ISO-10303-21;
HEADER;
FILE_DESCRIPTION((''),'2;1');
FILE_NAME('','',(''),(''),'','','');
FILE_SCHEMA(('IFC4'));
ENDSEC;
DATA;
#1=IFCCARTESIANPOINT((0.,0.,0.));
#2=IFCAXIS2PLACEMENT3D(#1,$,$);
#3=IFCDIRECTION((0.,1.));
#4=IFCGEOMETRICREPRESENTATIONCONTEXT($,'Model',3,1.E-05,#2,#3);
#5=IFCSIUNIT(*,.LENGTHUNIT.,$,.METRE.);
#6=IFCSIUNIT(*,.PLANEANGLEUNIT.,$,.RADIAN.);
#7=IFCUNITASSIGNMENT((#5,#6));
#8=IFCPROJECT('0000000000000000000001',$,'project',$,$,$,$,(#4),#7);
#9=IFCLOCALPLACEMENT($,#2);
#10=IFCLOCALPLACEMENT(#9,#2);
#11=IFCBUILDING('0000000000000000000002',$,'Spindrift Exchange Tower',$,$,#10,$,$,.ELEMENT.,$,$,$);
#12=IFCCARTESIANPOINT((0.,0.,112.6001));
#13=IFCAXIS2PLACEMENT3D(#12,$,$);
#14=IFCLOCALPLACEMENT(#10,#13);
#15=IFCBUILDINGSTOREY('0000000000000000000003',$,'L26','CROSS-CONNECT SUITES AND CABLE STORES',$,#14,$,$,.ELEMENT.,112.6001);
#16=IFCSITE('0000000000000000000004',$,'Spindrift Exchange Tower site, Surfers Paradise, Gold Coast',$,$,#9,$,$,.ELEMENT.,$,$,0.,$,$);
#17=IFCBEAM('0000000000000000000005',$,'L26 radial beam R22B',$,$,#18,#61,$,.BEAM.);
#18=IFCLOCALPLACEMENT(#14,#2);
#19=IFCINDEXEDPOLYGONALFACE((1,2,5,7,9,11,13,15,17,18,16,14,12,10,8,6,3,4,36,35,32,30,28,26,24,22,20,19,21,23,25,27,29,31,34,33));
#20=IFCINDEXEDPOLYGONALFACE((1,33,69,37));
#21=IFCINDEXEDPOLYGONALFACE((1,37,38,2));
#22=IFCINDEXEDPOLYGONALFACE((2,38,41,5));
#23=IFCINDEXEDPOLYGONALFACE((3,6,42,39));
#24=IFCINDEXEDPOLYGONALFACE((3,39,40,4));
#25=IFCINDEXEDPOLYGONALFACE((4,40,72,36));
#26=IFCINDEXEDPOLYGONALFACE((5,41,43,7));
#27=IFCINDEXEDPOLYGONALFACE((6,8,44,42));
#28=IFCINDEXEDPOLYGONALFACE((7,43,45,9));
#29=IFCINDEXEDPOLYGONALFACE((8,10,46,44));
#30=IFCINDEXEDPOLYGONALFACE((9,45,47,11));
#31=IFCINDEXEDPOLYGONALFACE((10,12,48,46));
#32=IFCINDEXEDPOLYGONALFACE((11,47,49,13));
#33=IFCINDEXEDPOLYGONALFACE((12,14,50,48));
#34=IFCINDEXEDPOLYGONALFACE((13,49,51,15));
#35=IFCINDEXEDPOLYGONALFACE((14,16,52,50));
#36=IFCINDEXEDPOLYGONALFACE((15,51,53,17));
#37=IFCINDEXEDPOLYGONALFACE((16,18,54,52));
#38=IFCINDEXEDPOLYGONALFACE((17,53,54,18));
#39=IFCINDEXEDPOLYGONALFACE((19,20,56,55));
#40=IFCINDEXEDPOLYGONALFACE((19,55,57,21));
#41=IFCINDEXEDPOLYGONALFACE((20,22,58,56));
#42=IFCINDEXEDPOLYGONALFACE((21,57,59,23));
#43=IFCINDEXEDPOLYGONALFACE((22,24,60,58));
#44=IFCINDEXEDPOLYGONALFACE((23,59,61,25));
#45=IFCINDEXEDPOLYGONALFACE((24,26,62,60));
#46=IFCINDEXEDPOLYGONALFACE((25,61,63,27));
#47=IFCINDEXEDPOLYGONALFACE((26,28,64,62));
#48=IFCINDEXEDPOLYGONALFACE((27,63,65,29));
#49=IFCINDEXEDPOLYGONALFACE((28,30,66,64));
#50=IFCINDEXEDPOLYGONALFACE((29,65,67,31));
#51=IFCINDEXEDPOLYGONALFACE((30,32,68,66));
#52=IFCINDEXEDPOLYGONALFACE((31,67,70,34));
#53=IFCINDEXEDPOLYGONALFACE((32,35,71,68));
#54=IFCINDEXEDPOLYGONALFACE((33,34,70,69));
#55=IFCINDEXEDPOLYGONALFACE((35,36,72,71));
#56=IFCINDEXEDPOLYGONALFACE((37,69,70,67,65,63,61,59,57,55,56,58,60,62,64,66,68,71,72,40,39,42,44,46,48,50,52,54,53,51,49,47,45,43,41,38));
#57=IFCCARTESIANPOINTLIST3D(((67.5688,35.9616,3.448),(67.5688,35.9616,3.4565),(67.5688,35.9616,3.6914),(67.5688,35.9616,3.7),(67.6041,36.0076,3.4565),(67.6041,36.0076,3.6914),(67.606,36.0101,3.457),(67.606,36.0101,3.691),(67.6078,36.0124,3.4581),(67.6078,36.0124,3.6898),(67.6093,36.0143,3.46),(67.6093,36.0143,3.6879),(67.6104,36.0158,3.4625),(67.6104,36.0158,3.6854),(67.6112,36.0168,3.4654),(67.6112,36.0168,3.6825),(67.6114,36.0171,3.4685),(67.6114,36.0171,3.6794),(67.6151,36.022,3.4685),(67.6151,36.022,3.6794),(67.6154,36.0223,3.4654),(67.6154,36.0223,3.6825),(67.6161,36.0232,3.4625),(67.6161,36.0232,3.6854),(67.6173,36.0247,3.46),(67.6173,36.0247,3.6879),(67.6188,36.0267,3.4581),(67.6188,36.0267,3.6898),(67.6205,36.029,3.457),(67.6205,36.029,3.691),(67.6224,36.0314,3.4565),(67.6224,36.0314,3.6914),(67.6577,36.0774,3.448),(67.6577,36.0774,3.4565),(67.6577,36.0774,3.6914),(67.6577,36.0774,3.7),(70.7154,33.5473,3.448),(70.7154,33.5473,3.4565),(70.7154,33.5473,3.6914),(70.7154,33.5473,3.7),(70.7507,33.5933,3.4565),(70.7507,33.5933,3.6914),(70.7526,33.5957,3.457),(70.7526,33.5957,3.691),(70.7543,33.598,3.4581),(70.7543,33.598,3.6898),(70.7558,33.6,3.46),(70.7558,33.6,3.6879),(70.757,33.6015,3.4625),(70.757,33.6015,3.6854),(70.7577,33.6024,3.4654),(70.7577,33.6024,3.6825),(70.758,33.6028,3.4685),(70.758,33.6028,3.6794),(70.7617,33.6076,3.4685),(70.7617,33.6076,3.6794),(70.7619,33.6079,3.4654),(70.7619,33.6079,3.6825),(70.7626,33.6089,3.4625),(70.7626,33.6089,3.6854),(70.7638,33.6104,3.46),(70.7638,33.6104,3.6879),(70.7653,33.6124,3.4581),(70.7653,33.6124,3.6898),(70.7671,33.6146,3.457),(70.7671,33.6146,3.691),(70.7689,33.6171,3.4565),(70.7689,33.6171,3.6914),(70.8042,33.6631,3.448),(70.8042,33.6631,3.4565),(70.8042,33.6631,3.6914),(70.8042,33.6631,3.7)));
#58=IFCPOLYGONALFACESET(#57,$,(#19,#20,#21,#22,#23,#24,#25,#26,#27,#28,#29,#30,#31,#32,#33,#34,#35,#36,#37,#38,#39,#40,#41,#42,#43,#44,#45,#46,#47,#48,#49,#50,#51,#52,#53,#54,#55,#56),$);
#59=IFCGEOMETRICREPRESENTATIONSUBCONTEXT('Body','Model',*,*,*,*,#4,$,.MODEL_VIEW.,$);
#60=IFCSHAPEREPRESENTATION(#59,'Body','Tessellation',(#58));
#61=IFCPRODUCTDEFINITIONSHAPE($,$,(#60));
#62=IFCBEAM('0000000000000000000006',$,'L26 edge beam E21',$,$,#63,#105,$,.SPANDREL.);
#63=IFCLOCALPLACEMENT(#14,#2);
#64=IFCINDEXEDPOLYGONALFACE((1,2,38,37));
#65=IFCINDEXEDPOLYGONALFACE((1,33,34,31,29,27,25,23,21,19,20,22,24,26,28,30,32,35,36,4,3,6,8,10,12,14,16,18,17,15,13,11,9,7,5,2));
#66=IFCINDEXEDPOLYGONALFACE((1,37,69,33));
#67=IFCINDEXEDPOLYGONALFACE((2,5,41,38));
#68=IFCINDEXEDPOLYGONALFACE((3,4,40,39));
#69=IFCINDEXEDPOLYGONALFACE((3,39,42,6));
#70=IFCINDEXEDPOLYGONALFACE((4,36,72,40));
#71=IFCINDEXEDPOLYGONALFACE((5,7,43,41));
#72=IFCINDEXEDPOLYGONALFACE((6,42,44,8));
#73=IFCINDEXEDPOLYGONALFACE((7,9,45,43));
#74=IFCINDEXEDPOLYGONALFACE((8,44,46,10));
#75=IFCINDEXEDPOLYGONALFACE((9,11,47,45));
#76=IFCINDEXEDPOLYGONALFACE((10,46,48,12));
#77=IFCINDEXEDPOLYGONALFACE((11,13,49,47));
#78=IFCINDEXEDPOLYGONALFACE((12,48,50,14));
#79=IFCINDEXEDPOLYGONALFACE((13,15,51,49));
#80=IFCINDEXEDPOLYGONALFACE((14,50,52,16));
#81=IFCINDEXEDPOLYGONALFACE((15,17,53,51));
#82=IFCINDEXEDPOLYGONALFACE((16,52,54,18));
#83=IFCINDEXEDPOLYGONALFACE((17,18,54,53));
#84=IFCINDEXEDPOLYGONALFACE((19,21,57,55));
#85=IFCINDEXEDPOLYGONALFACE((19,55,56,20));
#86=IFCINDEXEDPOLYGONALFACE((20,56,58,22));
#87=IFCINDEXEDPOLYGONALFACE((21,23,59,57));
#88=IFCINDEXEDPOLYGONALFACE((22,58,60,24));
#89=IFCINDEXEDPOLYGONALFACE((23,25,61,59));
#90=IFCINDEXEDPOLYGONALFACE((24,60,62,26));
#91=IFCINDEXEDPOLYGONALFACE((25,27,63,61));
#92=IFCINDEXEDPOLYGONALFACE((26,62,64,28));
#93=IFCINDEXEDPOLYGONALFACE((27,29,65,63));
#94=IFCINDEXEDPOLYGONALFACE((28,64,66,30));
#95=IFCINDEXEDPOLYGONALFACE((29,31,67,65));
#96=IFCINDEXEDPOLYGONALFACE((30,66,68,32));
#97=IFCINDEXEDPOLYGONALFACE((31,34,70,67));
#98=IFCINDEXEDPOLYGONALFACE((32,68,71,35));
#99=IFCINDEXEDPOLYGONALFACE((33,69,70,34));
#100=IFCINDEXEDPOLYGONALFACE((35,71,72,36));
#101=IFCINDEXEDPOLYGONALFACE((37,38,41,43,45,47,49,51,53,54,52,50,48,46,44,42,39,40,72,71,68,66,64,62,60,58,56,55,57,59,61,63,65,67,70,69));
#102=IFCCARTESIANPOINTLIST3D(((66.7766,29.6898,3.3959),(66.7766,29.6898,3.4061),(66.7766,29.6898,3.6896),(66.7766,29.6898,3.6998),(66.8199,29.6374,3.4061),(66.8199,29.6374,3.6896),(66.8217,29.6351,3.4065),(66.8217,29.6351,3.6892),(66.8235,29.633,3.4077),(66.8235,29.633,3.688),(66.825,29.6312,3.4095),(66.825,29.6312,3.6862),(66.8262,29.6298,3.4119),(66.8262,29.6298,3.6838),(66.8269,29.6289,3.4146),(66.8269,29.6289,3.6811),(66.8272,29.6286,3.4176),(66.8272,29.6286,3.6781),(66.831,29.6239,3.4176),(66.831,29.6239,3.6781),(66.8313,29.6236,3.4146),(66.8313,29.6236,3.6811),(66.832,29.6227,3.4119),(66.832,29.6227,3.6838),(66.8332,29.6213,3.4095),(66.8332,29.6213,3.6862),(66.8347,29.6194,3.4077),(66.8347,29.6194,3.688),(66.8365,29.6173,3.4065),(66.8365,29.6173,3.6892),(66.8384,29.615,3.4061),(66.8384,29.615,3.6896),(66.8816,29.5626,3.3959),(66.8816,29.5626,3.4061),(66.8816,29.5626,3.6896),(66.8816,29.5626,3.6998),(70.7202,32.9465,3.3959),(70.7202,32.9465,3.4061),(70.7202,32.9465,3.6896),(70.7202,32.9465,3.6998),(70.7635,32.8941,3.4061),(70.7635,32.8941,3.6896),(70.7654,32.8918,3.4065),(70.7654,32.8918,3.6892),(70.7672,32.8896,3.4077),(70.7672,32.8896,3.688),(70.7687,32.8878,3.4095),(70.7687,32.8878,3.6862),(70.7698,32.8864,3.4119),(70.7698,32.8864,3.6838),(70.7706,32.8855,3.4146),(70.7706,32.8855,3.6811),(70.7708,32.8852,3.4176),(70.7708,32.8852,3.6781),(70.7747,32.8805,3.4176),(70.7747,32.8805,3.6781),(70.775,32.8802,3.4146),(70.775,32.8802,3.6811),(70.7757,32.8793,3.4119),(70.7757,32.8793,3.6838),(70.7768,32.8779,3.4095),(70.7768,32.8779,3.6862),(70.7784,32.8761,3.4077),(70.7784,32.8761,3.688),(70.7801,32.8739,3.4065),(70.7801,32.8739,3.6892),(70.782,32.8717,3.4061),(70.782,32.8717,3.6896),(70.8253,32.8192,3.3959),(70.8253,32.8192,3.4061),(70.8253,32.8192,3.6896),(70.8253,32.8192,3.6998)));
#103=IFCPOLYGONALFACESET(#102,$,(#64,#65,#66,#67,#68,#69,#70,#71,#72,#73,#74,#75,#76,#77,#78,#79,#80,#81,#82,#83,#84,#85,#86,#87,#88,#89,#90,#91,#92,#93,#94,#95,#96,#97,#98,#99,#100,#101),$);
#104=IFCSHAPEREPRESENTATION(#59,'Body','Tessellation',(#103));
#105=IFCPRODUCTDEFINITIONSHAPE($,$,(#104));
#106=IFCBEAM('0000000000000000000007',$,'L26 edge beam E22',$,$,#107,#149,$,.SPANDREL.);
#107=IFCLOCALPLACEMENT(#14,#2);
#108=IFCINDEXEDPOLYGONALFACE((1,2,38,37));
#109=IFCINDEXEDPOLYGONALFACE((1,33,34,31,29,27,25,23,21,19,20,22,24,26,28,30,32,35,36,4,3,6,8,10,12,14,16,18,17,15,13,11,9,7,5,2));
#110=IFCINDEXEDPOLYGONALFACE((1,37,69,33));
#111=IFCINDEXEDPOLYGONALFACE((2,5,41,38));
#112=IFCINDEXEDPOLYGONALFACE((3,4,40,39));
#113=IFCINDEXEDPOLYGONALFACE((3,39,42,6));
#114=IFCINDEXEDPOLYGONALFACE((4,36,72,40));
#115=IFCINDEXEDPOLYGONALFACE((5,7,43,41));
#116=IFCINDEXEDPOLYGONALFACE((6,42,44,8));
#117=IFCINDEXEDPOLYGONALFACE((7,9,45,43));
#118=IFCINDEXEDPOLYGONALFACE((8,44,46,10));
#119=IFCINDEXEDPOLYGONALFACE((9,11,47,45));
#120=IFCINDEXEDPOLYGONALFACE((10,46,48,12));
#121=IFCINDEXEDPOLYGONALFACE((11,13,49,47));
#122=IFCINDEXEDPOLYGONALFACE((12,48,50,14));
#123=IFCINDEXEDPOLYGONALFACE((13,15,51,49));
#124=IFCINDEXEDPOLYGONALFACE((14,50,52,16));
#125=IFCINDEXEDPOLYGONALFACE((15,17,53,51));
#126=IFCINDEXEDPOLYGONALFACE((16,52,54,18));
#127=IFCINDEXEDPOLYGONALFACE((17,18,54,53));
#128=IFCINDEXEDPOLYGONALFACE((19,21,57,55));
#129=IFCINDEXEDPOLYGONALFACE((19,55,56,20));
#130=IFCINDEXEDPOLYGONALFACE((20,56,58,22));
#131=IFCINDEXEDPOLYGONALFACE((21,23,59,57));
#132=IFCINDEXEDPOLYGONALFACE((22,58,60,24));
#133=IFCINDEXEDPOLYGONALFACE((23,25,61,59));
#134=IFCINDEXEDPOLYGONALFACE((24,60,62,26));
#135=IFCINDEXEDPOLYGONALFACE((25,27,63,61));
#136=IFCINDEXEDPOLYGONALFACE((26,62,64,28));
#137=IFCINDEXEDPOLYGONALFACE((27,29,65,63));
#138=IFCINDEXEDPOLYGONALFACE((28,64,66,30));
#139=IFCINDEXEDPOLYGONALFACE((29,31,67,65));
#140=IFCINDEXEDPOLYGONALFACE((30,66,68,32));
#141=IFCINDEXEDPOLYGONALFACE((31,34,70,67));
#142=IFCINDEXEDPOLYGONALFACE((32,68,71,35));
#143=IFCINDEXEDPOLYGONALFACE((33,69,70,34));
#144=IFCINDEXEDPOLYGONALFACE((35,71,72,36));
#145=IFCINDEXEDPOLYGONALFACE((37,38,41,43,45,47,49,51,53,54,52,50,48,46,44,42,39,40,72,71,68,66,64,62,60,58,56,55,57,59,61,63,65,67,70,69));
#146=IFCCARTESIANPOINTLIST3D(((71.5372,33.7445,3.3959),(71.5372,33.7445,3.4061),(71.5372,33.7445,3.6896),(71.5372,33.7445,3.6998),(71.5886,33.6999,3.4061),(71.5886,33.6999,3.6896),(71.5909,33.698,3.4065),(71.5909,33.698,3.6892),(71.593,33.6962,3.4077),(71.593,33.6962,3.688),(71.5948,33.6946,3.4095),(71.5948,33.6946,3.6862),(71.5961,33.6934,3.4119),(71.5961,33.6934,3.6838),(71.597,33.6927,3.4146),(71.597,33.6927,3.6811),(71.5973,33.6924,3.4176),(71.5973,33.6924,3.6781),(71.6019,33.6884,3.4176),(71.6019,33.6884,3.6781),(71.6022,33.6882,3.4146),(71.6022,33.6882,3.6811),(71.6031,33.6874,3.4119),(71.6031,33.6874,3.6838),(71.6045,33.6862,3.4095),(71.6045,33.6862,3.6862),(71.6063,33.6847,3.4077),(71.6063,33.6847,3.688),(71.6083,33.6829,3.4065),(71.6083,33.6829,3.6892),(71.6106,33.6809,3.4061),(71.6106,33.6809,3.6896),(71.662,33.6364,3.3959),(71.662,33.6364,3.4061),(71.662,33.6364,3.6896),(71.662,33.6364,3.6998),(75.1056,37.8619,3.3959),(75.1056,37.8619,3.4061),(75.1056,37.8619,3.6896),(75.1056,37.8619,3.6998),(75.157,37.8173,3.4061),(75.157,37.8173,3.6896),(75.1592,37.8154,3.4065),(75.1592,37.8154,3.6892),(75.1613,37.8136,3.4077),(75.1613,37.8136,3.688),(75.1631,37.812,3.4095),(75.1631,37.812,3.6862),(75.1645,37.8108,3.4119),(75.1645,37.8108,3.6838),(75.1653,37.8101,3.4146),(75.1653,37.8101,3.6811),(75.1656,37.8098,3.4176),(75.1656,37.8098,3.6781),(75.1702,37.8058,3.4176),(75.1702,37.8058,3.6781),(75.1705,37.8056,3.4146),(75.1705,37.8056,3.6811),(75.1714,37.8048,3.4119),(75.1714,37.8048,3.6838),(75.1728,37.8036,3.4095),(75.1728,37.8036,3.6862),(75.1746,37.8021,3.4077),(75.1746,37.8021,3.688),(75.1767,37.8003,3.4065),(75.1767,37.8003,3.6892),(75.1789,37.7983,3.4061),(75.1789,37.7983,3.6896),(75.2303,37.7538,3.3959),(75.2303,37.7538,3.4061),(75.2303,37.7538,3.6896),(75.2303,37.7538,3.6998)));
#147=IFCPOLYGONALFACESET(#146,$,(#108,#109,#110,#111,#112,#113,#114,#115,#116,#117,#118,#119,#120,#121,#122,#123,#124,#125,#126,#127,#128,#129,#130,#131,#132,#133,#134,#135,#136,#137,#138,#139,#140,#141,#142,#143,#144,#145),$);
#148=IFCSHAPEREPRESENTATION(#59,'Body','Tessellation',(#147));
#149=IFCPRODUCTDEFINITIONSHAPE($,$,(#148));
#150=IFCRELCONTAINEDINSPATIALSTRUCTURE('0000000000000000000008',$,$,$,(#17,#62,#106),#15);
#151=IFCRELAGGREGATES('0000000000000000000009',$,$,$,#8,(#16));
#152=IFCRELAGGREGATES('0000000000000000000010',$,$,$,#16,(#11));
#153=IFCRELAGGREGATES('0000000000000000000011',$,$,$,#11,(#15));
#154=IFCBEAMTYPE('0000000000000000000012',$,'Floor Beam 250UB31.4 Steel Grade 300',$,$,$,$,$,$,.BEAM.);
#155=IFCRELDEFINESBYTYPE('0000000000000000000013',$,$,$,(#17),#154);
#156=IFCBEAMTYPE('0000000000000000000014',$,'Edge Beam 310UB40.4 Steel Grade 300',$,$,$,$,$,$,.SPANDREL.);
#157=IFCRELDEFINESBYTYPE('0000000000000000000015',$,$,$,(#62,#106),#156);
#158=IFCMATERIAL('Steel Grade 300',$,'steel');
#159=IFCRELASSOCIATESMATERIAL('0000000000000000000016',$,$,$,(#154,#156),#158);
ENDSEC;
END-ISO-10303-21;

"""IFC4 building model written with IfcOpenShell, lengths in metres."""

from ifc_helpers import new_model, si_unit, direction, frame, origin, origin_2d, place, context, subcontext, project, spatial, i_section, extrude, source, transform, mapped, material, material_profile, profile_set, type_object, element, save


model = new_model("IFC4")

# Units and contexts
model_context = context("Model", 3, precision=1e-05, world=origin(), true_north=direction((0.0, 1.0)))
body_context = subcontext(model_context, "Body", "Model", "MODEL_VIEW")
ifc_project = project(units=[si_unit("LENGTHUNIT", "METRE"), si_unit("PLANEANGLEUNIT", "RADIAN")], contexts=[model_context])

# Site, building, storey
site_placement = place(None, origin())
site = spatial("IfcSite", under=ifc_project, at=site_placement, Name="Spindrift Exchange Tower site, Surfers Paradise, Gold Coast", CompositionType="ELEMENT", RefElevation=0.0)
building_placement = place(site_placement, origin())
building = spatial("IfcBuilding", under=site, at=building_placement, Name="Spindrift Exchange Tower", CompositionType="ELEMENT")
storey_placement = place(building_placement, frame((0.0, 0.0, 112.6001)))
storey = spatial("IfcBuildingStorey", under=building, at=storey_placement, Name="L26", Description="CROSS-CONNECT SUITES AND CABLE STORES", CompositionType="ELEMENT", Elevation=112.6001)

# Beams
ifc_material_1 = material(Name="Steel Grade 300", Category="steel")
ifc_material_profile_1 = material_profile(ifc_material_1, i_section(OverallWidth=0.146, OverallDepth=0.252, WebThickness=0.0061, FlangeThickness=0.0085, FilletRadius=0.012, at=origin_2d()), Name="250UB31.4")
ifc_profile_set_1 = profile_set([ifc_material_profile_1], Name="Steel Grade 300")
beam_type_1 = type_object("IfcBeamType", Name="Floor Beam 250UB31.4 Steel Grade 300", PredefinedType="BEAM", material=ifc_profile_set_1)
shared_shape_1 = source(origin(), body_context, "Body", "SweptSolid", [
    extrude(i_section(OverallWidth=0.146, OverallDepth=0.252, WebThickness=0.0061, FlangeThickness=0.0085, FilletRadius=0.012, at=origin_2d()), origin(), (0.0, 0.0, 1.0), 3.9661),
])
beam_1_placement = place(storey_placement, frame((67.6133, 36.0195, 3.574), z_axis=(0.793363, -0.608749, 0.0), x_axis=(0.608749, 0.793363, 0.0)))
element("IfcBeam", 1, at=beam_1_placement, inside=storey, type_object=beam_type_1, Name="L26 radial beam R22B", PredefinedType="BEAM", context=body_context, shape_type="MappedRepresentation", body=[
    mapped(shared_shape_1, transform((0.0, 0.0, 0.0), scale=1.0)),
])
ifc_material_profile_2 = material_profile(ifc_material_1, i_section(OverallWidth=0.165, OverallDepth=0.304, WebThickness=0.0061, FlangeThickness=0.0103, FilletRadius=0.0115, at=origin_2d()), Name="310UB40.4")
ifc_profile_set_2 = profile_set([ifc_material_profile_2], Name="Steel Grade 300")
beam_type_2 = type_object("IfcBeamType", Name="Edge Beam 310UB40.4 Steel Grade 300", PredefinedType="SPANDREL", material=ifc_profile_set_2)
shared_shape_2 = source(origin(), body_context, "Body", "SweptSolid", [
    extrude(i_section(OverallWidth=0.165, OverallDepth=0.304, WebThickness=0.0061, FlangeThickness=0.0103, FilletRadius=0.0115, at=origin_2d()), origin(), (0.0, 0.0, 1.0), 5.1145),
])
beam_2_placement = place(storey_placement, frame((66.8291, 29.6262, 3.5479), z_axis=(0.771074, 0.636746, 0.0), x_axis=(-0.636746, 0.771074, 0.0)))
element("IfcBeam", 2, at=beam_2_placement, inside=storey, type_object=beam_type_2, Name="L26 edge beam E21", PredefinedType="SPANDREL", context=body_context, shape_type="MappedRepresentation", body=[
    mapped(shared_shape_2, transform((0.0, 0.0, 0.0), scale=1.0)),
])
shared_shape_3 = source(origin(), body_context, "Body", "SweptSolid", [
    extrude(i_section(OverallWidth=0.165, OverallDepth=0.304, WebThickness=0.0061, FlangeThickness=0.0103, FilletRadius=0.0115, at=origin_2d()), origin(), (0.0, 0.0, 1.0), 5.4485),
])
beam_3_placement = place(storey_placement, frame((71.5996, 33.6904, 3.5479), z_axis=(0.654922, 0.755696, 0.0), x_axis=(-0.755696, 0.654922, 0.0)))
element("IfcBeam", 3, at=beam_3_placement, inside=storey, type_object=beam_type_2, Name="L26 edge beam E22", PredefinedType="SPANDREL", context=body_context, shape_type="MappedRepresentation", body=[
    mapped(shared_shape_3, transform((0.0, 0.0, 0.0), scale=1.0)),
])

save(model, "model.ifc")
